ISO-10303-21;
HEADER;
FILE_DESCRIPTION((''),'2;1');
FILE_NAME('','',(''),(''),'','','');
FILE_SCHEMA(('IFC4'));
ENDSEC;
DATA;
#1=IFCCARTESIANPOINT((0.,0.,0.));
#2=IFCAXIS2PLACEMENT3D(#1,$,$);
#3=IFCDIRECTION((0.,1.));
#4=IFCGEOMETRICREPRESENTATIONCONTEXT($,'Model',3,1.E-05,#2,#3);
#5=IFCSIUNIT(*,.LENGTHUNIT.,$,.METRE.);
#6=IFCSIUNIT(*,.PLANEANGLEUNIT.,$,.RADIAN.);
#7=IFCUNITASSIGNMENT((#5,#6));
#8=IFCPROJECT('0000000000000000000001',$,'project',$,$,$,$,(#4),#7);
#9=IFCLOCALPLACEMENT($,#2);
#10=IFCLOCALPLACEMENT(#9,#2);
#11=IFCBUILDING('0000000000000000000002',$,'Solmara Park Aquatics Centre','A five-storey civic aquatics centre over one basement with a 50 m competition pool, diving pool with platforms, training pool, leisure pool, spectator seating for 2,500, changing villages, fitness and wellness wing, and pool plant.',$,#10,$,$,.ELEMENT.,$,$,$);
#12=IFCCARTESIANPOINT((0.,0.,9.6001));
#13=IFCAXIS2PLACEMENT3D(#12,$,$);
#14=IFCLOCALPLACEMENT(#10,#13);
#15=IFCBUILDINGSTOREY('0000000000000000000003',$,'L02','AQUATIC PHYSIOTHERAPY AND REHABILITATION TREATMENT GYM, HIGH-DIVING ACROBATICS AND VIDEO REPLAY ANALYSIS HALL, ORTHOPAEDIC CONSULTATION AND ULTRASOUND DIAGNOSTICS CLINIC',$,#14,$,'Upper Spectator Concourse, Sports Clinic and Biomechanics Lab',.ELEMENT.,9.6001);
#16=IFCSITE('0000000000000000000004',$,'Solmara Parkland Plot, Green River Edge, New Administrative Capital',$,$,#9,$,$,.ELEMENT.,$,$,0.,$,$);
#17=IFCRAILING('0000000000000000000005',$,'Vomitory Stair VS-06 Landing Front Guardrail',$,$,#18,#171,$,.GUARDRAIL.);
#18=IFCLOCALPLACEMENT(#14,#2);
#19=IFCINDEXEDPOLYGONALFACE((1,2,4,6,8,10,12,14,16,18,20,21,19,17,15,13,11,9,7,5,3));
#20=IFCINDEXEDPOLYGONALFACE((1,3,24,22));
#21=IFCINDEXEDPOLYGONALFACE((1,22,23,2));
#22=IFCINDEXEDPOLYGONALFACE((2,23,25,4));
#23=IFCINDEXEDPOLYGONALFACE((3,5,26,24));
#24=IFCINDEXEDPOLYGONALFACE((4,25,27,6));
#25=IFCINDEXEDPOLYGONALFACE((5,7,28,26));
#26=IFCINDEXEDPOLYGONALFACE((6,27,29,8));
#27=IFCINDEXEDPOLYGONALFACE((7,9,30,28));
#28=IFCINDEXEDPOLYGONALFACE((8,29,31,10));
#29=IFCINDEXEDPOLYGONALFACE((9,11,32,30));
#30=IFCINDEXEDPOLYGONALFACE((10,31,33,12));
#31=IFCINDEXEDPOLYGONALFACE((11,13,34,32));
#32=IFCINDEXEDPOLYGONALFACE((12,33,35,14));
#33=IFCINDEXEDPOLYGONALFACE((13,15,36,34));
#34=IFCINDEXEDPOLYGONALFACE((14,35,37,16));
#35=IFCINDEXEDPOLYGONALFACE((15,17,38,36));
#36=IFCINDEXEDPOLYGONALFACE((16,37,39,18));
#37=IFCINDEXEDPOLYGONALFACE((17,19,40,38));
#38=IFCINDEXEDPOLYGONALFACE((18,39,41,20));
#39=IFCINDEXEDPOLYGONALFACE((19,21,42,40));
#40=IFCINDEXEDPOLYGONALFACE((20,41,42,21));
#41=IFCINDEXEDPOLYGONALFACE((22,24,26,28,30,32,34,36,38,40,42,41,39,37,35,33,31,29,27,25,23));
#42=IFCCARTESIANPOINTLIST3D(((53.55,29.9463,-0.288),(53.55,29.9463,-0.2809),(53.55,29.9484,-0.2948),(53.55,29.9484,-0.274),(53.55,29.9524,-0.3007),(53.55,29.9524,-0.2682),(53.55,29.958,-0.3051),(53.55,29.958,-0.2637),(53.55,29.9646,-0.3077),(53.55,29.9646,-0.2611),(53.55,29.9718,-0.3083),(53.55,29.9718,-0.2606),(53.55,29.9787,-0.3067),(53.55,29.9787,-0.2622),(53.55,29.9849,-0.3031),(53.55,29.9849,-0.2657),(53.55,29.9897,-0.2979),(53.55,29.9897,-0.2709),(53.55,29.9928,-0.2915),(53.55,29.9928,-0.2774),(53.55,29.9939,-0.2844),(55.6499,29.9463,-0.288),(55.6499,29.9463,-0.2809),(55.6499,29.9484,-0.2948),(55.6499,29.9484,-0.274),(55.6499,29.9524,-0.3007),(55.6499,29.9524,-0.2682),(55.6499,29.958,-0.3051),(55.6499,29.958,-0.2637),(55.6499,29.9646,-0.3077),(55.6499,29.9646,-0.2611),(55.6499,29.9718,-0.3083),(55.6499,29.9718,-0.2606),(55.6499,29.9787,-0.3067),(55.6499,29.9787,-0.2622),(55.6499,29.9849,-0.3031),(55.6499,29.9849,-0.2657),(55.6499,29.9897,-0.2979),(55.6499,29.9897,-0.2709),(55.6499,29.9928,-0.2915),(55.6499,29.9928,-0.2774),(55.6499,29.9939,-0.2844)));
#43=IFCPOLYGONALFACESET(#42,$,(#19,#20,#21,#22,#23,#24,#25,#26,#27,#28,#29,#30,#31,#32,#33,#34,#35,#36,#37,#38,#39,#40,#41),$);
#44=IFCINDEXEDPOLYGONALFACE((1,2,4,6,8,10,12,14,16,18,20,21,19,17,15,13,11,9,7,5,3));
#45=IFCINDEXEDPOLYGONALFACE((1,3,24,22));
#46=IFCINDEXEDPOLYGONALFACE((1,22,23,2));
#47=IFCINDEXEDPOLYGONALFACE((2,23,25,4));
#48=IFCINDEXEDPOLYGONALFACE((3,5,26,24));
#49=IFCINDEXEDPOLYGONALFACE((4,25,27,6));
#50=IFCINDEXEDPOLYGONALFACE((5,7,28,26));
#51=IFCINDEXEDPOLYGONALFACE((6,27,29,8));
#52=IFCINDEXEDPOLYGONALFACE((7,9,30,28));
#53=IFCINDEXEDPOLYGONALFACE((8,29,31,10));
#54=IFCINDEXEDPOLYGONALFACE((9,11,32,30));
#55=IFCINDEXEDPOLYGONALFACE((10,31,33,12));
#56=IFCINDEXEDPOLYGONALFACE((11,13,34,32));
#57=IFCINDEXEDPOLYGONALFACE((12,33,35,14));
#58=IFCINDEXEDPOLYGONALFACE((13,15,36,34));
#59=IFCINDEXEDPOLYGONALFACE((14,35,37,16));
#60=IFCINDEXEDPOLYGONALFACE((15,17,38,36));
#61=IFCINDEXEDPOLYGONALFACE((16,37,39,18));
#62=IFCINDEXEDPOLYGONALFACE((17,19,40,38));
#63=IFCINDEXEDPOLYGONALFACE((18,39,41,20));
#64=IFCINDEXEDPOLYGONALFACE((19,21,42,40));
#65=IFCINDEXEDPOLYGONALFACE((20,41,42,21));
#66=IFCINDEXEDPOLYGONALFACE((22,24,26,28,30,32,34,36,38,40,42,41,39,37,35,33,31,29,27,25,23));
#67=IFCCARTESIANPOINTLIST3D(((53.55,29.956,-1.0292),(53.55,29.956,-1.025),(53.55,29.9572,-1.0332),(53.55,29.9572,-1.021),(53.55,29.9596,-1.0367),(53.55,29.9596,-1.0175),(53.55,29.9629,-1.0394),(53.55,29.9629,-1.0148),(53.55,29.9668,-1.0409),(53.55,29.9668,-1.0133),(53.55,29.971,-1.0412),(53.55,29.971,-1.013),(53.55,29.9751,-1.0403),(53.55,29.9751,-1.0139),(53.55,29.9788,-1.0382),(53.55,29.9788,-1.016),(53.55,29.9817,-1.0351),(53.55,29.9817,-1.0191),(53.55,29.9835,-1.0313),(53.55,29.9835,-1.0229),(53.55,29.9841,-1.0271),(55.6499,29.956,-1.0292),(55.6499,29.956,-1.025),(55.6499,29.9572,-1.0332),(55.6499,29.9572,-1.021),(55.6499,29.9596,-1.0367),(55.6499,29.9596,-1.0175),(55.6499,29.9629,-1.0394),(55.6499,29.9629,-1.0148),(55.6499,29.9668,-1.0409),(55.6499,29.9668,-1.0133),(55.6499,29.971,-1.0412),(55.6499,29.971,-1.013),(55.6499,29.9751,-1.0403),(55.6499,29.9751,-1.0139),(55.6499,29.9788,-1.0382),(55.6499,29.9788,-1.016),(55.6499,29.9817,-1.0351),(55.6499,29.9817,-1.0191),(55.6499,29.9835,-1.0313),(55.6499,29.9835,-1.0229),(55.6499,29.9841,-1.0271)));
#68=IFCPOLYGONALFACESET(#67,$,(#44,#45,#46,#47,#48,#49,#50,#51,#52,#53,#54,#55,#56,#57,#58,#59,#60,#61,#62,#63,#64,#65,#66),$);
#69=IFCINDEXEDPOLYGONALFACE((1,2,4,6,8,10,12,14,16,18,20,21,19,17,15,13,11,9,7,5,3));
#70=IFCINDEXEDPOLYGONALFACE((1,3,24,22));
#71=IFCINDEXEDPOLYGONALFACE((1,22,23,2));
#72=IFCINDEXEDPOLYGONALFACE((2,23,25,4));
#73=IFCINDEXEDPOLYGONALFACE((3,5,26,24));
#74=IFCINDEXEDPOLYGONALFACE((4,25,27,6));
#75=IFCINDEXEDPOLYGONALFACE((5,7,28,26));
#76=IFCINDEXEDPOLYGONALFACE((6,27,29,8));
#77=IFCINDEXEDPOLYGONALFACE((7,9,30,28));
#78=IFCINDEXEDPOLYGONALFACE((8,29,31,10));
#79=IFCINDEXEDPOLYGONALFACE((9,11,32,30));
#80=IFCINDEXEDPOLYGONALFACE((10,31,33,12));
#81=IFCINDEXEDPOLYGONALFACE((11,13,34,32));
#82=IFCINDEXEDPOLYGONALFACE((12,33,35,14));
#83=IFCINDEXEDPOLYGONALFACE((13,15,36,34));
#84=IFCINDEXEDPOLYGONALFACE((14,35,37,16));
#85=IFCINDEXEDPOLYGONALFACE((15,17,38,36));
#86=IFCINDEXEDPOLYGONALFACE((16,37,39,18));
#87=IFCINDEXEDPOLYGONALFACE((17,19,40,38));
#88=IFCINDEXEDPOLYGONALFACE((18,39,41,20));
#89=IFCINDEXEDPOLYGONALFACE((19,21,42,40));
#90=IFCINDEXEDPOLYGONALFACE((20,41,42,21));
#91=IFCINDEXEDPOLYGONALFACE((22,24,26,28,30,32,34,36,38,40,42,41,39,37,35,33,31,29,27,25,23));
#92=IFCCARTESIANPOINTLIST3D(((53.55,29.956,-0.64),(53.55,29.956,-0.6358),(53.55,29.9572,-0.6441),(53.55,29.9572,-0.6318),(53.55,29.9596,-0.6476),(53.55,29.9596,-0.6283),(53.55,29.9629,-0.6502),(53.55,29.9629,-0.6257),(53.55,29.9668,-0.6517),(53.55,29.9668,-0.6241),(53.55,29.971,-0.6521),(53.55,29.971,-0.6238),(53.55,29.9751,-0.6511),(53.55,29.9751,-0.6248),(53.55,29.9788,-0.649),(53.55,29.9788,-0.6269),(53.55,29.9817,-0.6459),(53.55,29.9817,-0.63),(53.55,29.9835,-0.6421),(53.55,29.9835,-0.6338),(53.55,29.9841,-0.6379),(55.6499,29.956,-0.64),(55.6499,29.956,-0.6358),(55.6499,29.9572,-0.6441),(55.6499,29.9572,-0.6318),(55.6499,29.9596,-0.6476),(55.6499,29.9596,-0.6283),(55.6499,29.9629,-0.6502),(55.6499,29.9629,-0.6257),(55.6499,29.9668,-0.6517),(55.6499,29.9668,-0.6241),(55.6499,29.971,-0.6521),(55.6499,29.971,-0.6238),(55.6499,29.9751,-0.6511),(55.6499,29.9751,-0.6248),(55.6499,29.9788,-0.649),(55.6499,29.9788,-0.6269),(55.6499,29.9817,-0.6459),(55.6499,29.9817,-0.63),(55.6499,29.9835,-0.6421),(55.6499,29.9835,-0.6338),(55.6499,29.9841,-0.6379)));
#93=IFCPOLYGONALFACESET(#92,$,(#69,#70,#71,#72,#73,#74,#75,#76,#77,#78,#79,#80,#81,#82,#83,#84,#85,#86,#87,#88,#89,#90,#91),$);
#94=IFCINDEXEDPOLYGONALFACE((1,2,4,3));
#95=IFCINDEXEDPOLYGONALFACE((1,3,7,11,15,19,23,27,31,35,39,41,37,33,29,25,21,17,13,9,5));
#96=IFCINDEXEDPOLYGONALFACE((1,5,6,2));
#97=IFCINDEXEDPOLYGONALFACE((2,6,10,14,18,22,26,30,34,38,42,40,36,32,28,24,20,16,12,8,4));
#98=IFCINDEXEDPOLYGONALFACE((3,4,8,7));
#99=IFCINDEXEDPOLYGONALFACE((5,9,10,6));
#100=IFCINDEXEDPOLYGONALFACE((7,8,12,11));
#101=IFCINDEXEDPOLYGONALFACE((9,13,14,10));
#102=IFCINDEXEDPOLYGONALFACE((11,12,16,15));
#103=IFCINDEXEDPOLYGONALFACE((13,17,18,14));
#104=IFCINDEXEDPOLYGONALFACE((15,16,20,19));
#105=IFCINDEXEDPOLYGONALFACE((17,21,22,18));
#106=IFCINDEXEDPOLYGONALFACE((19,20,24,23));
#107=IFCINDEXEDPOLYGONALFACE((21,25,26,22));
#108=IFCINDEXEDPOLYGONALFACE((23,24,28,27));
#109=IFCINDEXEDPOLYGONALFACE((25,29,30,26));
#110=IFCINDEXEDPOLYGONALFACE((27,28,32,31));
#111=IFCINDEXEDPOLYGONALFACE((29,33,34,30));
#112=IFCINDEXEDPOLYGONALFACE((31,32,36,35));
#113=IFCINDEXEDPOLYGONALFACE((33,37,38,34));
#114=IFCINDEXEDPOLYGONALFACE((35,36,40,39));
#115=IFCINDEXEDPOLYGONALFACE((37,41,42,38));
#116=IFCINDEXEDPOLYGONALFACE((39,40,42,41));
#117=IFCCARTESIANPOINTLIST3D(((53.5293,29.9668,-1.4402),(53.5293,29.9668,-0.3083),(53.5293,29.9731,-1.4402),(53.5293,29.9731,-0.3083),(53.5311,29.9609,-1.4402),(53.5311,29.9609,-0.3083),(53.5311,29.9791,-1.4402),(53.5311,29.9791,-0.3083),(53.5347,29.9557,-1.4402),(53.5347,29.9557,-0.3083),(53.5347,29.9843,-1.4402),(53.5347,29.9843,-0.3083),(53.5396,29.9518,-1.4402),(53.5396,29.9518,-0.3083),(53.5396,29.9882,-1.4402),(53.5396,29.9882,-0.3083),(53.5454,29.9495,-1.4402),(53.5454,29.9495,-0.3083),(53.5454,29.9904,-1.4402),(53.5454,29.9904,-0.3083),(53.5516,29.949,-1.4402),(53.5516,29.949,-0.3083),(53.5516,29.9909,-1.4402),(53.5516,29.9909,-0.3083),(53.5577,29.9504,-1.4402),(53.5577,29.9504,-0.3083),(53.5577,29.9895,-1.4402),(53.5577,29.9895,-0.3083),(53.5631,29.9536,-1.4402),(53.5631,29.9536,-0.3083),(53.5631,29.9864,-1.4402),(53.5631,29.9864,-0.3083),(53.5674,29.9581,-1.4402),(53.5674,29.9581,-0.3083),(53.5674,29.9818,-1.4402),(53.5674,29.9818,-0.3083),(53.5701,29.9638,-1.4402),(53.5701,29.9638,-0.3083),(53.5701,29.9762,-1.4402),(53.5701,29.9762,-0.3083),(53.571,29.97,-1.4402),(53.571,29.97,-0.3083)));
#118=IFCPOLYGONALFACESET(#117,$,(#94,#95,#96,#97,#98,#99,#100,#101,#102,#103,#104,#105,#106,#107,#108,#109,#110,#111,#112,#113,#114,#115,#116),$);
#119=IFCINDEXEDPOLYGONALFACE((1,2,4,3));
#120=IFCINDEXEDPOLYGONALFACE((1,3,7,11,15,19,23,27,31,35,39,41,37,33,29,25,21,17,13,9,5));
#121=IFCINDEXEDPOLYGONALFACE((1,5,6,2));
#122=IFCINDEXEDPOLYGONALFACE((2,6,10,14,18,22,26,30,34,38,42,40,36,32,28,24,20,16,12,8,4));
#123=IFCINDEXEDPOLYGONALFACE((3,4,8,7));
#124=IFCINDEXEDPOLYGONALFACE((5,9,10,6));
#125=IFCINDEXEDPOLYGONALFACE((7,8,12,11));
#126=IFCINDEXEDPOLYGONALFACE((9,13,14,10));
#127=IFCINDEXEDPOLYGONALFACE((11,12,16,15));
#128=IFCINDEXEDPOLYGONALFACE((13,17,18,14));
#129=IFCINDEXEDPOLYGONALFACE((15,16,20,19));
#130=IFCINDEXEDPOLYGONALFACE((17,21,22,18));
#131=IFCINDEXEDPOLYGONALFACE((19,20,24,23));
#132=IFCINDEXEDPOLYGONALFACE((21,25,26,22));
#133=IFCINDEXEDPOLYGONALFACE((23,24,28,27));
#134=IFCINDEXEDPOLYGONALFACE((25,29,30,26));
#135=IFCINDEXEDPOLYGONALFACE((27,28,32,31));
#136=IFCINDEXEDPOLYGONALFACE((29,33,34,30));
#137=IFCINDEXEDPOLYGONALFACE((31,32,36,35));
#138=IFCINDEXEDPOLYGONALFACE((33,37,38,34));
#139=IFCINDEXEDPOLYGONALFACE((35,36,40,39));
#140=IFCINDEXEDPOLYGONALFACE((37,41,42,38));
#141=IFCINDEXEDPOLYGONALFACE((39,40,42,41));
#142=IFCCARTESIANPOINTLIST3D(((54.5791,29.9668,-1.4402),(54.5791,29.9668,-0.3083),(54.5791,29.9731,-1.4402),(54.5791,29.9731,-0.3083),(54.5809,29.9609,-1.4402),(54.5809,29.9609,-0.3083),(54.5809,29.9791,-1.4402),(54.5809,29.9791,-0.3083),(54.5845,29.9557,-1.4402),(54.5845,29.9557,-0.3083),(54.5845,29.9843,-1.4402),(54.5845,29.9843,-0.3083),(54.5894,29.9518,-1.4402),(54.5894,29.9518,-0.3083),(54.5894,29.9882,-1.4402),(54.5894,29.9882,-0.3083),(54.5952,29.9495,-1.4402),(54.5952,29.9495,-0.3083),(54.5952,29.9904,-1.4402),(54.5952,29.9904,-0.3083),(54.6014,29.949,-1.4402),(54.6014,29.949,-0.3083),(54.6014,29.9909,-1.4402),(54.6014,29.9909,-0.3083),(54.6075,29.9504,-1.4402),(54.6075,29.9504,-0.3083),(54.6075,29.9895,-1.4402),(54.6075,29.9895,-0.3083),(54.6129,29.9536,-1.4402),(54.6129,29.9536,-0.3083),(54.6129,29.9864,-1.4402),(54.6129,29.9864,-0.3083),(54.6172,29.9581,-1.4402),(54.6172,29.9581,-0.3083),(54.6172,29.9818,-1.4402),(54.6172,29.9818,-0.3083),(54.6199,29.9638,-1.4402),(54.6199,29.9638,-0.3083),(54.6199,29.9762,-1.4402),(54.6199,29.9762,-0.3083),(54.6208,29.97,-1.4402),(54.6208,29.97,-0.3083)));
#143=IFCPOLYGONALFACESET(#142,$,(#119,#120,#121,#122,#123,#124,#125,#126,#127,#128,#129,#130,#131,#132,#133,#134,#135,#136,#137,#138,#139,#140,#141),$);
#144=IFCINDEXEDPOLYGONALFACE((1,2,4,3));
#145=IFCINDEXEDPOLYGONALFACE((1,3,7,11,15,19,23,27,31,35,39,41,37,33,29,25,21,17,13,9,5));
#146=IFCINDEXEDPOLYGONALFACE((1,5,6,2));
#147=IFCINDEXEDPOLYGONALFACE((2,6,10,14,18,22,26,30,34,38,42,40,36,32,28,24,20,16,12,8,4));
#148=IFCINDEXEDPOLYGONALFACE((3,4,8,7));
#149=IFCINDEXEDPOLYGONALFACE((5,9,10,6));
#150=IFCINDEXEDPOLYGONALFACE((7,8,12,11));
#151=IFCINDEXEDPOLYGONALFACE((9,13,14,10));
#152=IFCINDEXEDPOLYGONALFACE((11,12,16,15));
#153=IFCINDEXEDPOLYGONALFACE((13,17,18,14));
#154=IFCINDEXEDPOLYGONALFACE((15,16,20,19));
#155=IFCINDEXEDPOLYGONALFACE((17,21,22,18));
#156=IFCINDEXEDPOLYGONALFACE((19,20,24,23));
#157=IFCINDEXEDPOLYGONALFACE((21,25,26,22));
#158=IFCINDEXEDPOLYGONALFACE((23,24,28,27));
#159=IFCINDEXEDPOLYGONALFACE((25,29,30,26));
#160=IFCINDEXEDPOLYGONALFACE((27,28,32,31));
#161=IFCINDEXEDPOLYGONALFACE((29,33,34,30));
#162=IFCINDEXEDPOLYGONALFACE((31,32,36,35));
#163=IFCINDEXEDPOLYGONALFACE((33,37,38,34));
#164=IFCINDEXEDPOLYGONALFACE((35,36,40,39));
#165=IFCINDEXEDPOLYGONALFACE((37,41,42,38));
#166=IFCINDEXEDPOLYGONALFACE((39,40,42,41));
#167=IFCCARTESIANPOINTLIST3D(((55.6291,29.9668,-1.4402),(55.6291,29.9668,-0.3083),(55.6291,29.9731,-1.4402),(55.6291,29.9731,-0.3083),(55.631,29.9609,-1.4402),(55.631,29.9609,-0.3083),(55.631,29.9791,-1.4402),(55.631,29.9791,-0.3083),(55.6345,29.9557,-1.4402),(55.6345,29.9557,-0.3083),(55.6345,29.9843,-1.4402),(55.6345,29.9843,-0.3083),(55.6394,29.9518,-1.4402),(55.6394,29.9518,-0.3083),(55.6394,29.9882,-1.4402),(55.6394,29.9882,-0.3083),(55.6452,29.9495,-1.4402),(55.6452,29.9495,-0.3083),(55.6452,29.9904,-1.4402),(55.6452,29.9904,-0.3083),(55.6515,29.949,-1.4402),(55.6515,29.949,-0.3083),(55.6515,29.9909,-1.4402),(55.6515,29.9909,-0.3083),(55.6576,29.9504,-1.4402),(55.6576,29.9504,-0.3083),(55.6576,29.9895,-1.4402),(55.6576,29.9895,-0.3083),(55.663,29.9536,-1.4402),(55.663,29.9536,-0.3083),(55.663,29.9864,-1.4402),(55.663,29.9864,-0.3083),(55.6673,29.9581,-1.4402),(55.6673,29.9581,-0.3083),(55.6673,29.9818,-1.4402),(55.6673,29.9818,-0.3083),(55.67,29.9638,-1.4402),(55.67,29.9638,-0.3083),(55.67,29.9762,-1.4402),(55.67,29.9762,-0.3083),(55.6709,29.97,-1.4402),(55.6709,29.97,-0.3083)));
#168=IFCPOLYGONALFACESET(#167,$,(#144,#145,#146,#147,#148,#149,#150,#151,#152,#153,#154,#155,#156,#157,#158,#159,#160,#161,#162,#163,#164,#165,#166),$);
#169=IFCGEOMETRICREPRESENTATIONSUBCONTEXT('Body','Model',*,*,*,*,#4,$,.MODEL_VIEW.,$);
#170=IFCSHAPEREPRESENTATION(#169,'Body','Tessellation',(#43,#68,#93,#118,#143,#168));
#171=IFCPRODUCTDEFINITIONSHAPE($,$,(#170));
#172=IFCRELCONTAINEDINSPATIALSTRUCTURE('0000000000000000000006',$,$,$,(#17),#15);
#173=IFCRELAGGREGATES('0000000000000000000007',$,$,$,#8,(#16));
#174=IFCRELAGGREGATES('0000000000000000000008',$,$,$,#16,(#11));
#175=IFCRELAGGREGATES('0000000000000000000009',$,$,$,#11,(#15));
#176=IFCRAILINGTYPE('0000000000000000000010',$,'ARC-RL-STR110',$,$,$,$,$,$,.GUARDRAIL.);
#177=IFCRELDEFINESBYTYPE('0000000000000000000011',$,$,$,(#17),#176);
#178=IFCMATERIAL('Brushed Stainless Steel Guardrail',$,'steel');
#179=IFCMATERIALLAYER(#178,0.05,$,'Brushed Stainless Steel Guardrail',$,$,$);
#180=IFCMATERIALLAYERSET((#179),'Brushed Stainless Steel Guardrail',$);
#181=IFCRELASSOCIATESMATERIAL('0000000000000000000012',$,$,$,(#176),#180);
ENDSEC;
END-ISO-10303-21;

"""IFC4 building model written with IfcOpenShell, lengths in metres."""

from ifc_helpers import new_model, si_unit, direction, frame, origin, origin_2d, place, context, subcontext, project, spatial, circle, extrude, material, layer, layer_set, type_object, element, save


model = new_model("IFC4")

# Units and contexts
model_context = context("Model", 3, precision=1e-05, world=origin(), true_north=direction((0.0, 1.0)))
body_context = subcontext(model_context, "Body", "Model", "MODEL_VIEW")
ifc_project = project(units=[si_unit("LENGTHUNIT", "METRE"), si_unit("PLANEANGLEUNIT", "RADIAN")], contexts=[model_context])

# Site, building, storey
site_placement = place(None, origin())
site = spatial("IfcSite", under=ifc_project, at=site_placement, Name="Solmara Parkland Plot, Green River Edge, New Administrative Capital", CompositionType="ELEMENT", RefElevation=0.0)
building_placement = place(site_placement, origin())
building = spatial("IfcBuilding", under=site, at=building_placement, Name="Solmara Park Aquatics Centre", Description="A five-storey civic aquatics centre over one basement with a 50 m competition pool, diving pool with platforms, training pool, leisure pool, spectator seating for 2,500, changing villages, fitness and wellness wing, and pool plant.", CompositionType="ELEMENT")
storey_placement = place(building_placement, frame((0.0, 0.0, 9.6001)))
storey = spatial("IfcBuildingStorey", under=building, at=storey_placement, Name="L02", Description="AQUATIC PHYSIOTHERAPY AND REHABILITATION TREATMENT GYM, HIGH-DIVING ACROBATICS AND VIDEO REPLAY ANALYSIS HALL, ORTHOPAEDIC CONSULTATION AND ULTRASOUND DIAGNOSTICS CLINIC", LongName="Upper Spectator Concourse, Sports Clinic and Biomechanics Lab", CompositionType="ELEMENT", Elevation=9.6001)

# Railing
ifc_material_1 = material(Name="Brushed Stainless Steel Guardrail", Category="steel")
ifc_layer_1 = layer(ifc_material_1, 0.05, Name="Brushed Stainless Steel Guardrail")
ifc_layer_set_1 = layer_set([ifc_layer_1], Name="Brushed Stainless Steel Guardrail")
railing_type_1 = type_object("IfcRailingType", Name="ARC-RL-STR110", PredefinedType="GUARDRAIL", material=ifc_layer_set_1)
railing_1_placement = place(storey_placement, frame((53.55, 29.97, -1.4402)))
element("IfcRailing", 1, at=railing_1_placement, inside=storey, type_object=railing_type_1, Name="Vomitory Stair VS-06 Landing Front Guardrail", PredefinedType="GUARDRAIL", context=body_context, shape_type="SweptSolid", body=[
    extrude(circle(Radius=0.0239, at=origin_2d()), frame((0.0, 0.0, 1.1558), z_axis=(1.0, 0.0, 0.0), x_axis=(0.0, 1.0, 0.0)), (0.0, 0.0, 1.0), 2.0999),
    extrude(circle(Radius=0.0142, at=origin_2d()), frame((0.0, 0.0, 0.4131), z_axis=(1.0, 0.0, 0.0), x_axis=(0.0, 1.0, 0.0)), (0.0, 0.0, 1.0), 2.0999),
    extrude(circle(Radius=0.0142, at=origin_2d()), frame((0.0, 0.0, 0.8022), z_axis=(1.0, 0.0, 0.0), x_axis=(0.0, 1.0, 0.0)), (0.0, 0.0, 1.0), 2.0999),
    extrude(circle(Radius=0.021, at=origin_2d()), origin(), (0.0, 0.0, 1.0), 1.1318),
    extrude(circle(Radius=0.021, at=origin_2d()), frame((1.0498, 0.0, 0.0)), (0.0, 0.0, 1.0), 1.1318),
    extrude(circle(Radius=0.021, at=origin_2d()), frame((2.0999, 0.0, 0.0)), (0.0, 0.0, 1.0), 1.1318),
])

save(model, "model.ifc")
